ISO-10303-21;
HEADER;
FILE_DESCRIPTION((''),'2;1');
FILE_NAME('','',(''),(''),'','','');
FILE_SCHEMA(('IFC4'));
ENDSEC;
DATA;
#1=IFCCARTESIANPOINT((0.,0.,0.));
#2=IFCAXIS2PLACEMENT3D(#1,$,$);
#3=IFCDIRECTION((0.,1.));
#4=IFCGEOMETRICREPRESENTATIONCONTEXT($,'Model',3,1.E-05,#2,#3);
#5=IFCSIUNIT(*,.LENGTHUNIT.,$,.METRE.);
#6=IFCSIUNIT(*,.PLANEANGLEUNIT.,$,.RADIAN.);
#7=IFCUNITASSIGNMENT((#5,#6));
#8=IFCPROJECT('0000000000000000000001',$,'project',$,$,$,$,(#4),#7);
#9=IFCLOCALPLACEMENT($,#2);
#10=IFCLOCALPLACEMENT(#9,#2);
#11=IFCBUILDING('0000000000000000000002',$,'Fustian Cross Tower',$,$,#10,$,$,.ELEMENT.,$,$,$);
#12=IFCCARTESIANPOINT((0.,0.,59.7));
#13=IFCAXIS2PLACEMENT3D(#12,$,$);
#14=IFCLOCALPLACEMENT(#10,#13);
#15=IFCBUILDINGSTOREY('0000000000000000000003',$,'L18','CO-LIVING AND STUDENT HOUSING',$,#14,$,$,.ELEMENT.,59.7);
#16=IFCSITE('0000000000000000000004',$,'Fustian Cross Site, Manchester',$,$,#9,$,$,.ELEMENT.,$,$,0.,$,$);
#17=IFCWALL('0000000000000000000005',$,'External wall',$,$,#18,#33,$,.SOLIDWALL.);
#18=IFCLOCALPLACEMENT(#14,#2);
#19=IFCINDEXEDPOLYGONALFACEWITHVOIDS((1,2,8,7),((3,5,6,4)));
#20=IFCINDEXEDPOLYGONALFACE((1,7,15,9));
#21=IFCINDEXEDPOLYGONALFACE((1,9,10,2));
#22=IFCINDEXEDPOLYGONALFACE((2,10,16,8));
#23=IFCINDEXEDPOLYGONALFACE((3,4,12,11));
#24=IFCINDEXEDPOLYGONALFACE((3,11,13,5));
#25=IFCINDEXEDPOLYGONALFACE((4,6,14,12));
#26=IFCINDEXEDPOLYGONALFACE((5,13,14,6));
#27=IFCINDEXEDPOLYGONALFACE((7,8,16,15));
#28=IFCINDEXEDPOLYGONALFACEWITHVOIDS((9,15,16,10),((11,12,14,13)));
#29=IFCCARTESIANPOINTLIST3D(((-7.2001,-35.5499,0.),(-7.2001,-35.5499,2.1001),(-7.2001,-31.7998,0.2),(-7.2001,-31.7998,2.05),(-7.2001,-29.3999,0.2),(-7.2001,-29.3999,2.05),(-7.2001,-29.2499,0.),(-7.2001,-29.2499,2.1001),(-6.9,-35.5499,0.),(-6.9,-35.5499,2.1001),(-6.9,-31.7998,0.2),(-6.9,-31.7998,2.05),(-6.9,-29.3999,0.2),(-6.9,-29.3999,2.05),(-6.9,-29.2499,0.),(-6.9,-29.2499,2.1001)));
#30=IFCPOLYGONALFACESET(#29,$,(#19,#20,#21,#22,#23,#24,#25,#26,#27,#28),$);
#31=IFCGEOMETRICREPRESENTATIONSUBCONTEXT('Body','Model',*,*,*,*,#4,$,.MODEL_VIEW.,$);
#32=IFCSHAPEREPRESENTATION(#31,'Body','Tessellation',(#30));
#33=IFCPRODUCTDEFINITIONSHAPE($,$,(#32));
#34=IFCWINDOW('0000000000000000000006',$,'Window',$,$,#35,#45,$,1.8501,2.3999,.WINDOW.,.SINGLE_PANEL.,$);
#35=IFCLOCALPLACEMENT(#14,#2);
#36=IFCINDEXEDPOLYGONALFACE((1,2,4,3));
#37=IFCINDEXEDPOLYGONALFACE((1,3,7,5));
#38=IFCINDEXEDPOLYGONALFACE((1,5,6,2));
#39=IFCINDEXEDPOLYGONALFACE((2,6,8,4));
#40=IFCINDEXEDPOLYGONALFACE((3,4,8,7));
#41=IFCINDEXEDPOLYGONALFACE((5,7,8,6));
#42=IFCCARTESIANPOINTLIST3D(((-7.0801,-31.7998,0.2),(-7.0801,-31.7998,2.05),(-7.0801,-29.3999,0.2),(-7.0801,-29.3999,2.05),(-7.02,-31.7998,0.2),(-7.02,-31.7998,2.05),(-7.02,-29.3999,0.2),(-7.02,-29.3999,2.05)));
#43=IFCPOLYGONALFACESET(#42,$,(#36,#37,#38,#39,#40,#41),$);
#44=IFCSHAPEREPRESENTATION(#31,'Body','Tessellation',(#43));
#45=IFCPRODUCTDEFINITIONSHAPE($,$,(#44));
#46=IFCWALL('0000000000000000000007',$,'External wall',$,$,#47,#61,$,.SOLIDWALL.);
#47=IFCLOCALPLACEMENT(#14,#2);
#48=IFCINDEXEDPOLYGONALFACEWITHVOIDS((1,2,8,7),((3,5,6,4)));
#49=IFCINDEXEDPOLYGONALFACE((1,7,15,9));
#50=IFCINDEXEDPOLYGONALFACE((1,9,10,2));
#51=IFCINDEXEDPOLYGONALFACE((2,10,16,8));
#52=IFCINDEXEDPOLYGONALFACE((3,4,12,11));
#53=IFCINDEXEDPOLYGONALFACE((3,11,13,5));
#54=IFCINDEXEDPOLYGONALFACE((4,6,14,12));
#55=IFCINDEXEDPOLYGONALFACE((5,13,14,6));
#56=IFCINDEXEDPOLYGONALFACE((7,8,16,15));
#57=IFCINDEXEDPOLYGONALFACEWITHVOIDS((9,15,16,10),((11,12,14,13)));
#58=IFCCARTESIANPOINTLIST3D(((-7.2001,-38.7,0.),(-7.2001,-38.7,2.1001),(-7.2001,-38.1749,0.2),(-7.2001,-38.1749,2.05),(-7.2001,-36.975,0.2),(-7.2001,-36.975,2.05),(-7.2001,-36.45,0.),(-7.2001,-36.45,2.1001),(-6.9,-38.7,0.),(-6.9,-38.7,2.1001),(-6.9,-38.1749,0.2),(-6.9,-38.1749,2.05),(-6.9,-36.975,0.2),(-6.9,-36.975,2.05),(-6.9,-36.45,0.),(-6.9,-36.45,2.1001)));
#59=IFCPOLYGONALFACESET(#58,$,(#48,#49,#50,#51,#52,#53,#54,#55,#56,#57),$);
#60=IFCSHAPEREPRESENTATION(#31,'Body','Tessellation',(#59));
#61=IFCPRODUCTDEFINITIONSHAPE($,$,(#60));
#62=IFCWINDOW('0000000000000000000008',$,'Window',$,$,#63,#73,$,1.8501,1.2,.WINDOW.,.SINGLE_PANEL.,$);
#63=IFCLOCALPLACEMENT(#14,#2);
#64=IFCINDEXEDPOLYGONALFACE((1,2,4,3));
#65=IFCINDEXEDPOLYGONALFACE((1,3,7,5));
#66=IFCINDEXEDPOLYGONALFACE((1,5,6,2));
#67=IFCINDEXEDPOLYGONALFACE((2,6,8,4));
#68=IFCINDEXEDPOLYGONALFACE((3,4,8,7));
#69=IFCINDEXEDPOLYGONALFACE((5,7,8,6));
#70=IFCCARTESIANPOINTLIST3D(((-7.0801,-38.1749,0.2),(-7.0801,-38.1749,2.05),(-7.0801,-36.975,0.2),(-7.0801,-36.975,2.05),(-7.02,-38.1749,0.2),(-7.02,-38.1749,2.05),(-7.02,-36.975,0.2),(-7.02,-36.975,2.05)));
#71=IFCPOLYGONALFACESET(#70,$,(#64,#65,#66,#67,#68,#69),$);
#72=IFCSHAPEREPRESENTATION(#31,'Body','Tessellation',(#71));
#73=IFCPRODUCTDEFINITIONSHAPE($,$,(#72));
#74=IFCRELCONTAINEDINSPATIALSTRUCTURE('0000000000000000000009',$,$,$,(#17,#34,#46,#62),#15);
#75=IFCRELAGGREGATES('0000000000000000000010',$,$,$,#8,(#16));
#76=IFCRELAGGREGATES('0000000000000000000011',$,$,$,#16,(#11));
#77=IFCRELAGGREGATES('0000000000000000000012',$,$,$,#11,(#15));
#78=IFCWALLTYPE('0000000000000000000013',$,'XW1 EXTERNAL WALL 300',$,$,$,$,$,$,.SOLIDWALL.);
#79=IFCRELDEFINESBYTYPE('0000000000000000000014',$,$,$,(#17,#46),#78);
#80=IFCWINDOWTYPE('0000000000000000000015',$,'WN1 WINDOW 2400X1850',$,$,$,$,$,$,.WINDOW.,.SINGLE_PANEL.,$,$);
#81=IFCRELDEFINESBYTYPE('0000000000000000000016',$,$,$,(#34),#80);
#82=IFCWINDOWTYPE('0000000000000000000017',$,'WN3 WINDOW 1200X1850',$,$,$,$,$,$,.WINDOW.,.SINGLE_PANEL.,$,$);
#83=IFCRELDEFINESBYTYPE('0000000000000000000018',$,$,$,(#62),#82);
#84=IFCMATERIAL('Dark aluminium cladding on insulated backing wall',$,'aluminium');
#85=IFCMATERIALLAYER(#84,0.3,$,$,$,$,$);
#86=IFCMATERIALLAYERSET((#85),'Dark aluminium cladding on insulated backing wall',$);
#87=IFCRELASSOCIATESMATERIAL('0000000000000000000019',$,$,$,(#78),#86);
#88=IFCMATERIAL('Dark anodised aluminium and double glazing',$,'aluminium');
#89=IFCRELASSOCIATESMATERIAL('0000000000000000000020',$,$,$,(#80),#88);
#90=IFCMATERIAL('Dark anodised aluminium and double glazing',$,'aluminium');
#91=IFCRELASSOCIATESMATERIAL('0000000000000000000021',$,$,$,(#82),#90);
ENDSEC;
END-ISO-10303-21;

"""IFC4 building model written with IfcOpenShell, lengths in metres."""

from ifc_helpers import new_model, si_unit, direction, frame, frame_2d, origin, place, context, subcontext, project, spatial, rectangle, extrude, material, layer, layer_set, type_object, element, fill, save


model = new_model("IFC4")

# Units and contexts
model_context = context("Model", 3, precision=1e-05, world=origin(), true_north=direction((0.0, 1.0)))
body_context = subcontext(model_context, "Body", "Model", "MODEL_VIEW")
ifc_project = project(units=[si_unit("LENGTHUNIT", "METRE"), si_unit("PLANEANGLEUNIT", "RADIAN")], contexts=[model_context])

# Site, building, storey
site_placement = place(None, origin())
site = spatial("IfcSite", under=ifc_project, at=site_placement, Name="Fustian Cross Site, Manchester", CompositionType="ELEMENT", RefElevation=0.0)
building_placement = place(site_placement, origin())
building = spatial("IfcBuilding", under=site, at=building_placement, Name="Fustian Cross Tower", CompositionType="ELEMENT")
storey_placement = place(building_placement, frame((0.0, 0.0, 59.7)))
storey = spatial("IfcBuildingStorey", under=building, at=storey_placement, Name="L18", Description="CO-LIVING AND STUDENT HOUSING", CompositionType="ELEMENT", Elevation=59.7)

# Walls, openings, windows
ifc_material_1 = material(Name="Dark aluminium cladding on insulated backing wall", Category="aluminium")
ifc_layer_1 = layer(ifc_material_1, 0.3)
ifc_layer_set_1 = layer_set([ifc_layer_1], Name="Dark aluminium cladding on insulated backing wall")
wall_type_1 = type_object("IfcWallType", Name="XW1 EXTERNAL WALL 300", PredefinedType="SOLIDWALL", material=ifc_layer_set_1)
wall_1_placement = place(storey_placement, frame((-7.05, -29.25, 0.0), z_axis=(0.0, 0.0, 1.0), x_axis=(0.0, -1.0, 0.0)))
wall_1 = element("IfcWall", 1, at=wall_1_placement, inside=storey, type_object=wall_type_1, Name="External wall", PredefinedType="SOLIDWALL", context=body_context, shape_type="SweptSolid", body=[
    extrude(rectangle(XDim=6.3, YDim=0.3, at=frame_2d((3.1499, 0.0))), origin(), (0.0, 0.0, 1.0), 2.1001),
])
opening_1_placement = place(wall_1_placement, frame((0.1499, 0.0, 0.2)))
opening_1 = element("IfcOpeningElement", 2, at=opening_1_placement, cuts=wall_1, PredefinedType="OPENING", context=body_context, shape_type="SweptSolid", body=[
    extrude(rectangle(XDim=2.3999, YDim=1.8501, at=frame_2d((1.2, 0.925))), frame((0.0, 0.1599, 0.0), z_axis=(0.0, -1.0, 0.0), x_axis=(1.0, 0.0, 0.0)), (0.0, 0.0, 1.0), 0.3201),
])
ifc_material_2 = material(Name="Dark anodised aluminium and double glazing", Category="aluminium")
window_type_1 = type_object("IfcWindowType", Name="WN1 WINDOW 2400X1850", PartitioningType="SINGLE_PANEL", PredefinedType="WINDOW", material=ifc_material_2)
window_1_placement = place(opening_1_placement, origin())
window_1 = element("IfcWindow", 3, at=window_1_placement, inside=storey, type_object=window_type_1, Name="Window", OverallHeight=1.8501, OverallWidth=2.3999, PartitioningType="SINGLE_PANEL", PredefinedType="WINDOW", context=body_context, shape_type="SweptSolid", body=[
    extrude(rectangle(XDim=2.3999, YDim=1.8501, at=frame_2d((1.2, 0.925))), frame((0.0, 0.03, 0.0), z_axis=(0.0, -1.0, 0.0), x_axis=(1.0, 0.0, 0.0)), (0.0, 0.0, 1.0), 0.0601),
])
fill(opening_1, window_1)
wall_2_placement = place(storey_placement, frame((-7.05, -36.45, 0.0), z_axis=(0.0, 0.0, 1.0), x_axis=(0.0, -1.0, 0.0)))
wall_2 = element("IfcWall", 4, at=wall_2_placement, inside=storey, type_object=wall_type_1, Name="External wall", PredefinedType="SOLIDWALL", context=body_context, shape_type="SweptSolid", body=[
    extrude(rectangle(XDim=2.25, YDim=0.3, at=frame_2d((1.125, 0.0))), origin(), (0.0, 0.0, 1.0), 2.1001),
])
opening_2_placement = place(wall_2_placement, frame((0.5249, 0.0, 0.2)))
opening_2 = element("IfcOpeningElement", 5, at=opening_2_placement, cuts=wall_2, PredefinedType="OPENING", context=body_context, shape_type="SweptSolid", body=[
    extrude(rectangle(XDim=1.2, YDim=1.8501, at=frame_2d((0.6001, 0.925))), frame((0.0, 0.1599, 0.0), z_axis=(0.0, -1.0, 0.0), x_axis=(1.0, 0.0, 0.0)), (0.0, 0.0, 1.0), 0.3201),
])
ifc_material_3 = material(Name="Dark anodised aluminium and double glazing", Category="aluminium")
window_type_2 = type_object("IfcWindowType", Name="WN3 WINDOW 1200X1850", PartitioningType="SINGLE_PANEL", PredefinedType="WINDOW", material=ifc_material_3)
window_2_placement = place(opening_2_placement, origin())
window_2 = element("IfcWindow", 6, at=window_2_placement, inside=storey, type_object=window_type_2, Name="Window", OverallHeight=1.8501, OverallWidth=1.2, PartitioningType="SINGLE_PANEL", PredefinedType="WINDOW", context=body_context, shape_type="SweptSolid", body=[
    extrude(rectangle(XDim=1.2, YDim=1.8501, at=frame_2d((0.6001, 0.925))), frame((0.0, 0.03, 0.0), z_axis=(0.0, -1.0, 0.0), x_axis=(1.0, 0.0, 0.0)), (0.0, 0.0, 1.0), 0.0601),
])
fill(opening_2, window_2)

save(model, "model.ifc")
